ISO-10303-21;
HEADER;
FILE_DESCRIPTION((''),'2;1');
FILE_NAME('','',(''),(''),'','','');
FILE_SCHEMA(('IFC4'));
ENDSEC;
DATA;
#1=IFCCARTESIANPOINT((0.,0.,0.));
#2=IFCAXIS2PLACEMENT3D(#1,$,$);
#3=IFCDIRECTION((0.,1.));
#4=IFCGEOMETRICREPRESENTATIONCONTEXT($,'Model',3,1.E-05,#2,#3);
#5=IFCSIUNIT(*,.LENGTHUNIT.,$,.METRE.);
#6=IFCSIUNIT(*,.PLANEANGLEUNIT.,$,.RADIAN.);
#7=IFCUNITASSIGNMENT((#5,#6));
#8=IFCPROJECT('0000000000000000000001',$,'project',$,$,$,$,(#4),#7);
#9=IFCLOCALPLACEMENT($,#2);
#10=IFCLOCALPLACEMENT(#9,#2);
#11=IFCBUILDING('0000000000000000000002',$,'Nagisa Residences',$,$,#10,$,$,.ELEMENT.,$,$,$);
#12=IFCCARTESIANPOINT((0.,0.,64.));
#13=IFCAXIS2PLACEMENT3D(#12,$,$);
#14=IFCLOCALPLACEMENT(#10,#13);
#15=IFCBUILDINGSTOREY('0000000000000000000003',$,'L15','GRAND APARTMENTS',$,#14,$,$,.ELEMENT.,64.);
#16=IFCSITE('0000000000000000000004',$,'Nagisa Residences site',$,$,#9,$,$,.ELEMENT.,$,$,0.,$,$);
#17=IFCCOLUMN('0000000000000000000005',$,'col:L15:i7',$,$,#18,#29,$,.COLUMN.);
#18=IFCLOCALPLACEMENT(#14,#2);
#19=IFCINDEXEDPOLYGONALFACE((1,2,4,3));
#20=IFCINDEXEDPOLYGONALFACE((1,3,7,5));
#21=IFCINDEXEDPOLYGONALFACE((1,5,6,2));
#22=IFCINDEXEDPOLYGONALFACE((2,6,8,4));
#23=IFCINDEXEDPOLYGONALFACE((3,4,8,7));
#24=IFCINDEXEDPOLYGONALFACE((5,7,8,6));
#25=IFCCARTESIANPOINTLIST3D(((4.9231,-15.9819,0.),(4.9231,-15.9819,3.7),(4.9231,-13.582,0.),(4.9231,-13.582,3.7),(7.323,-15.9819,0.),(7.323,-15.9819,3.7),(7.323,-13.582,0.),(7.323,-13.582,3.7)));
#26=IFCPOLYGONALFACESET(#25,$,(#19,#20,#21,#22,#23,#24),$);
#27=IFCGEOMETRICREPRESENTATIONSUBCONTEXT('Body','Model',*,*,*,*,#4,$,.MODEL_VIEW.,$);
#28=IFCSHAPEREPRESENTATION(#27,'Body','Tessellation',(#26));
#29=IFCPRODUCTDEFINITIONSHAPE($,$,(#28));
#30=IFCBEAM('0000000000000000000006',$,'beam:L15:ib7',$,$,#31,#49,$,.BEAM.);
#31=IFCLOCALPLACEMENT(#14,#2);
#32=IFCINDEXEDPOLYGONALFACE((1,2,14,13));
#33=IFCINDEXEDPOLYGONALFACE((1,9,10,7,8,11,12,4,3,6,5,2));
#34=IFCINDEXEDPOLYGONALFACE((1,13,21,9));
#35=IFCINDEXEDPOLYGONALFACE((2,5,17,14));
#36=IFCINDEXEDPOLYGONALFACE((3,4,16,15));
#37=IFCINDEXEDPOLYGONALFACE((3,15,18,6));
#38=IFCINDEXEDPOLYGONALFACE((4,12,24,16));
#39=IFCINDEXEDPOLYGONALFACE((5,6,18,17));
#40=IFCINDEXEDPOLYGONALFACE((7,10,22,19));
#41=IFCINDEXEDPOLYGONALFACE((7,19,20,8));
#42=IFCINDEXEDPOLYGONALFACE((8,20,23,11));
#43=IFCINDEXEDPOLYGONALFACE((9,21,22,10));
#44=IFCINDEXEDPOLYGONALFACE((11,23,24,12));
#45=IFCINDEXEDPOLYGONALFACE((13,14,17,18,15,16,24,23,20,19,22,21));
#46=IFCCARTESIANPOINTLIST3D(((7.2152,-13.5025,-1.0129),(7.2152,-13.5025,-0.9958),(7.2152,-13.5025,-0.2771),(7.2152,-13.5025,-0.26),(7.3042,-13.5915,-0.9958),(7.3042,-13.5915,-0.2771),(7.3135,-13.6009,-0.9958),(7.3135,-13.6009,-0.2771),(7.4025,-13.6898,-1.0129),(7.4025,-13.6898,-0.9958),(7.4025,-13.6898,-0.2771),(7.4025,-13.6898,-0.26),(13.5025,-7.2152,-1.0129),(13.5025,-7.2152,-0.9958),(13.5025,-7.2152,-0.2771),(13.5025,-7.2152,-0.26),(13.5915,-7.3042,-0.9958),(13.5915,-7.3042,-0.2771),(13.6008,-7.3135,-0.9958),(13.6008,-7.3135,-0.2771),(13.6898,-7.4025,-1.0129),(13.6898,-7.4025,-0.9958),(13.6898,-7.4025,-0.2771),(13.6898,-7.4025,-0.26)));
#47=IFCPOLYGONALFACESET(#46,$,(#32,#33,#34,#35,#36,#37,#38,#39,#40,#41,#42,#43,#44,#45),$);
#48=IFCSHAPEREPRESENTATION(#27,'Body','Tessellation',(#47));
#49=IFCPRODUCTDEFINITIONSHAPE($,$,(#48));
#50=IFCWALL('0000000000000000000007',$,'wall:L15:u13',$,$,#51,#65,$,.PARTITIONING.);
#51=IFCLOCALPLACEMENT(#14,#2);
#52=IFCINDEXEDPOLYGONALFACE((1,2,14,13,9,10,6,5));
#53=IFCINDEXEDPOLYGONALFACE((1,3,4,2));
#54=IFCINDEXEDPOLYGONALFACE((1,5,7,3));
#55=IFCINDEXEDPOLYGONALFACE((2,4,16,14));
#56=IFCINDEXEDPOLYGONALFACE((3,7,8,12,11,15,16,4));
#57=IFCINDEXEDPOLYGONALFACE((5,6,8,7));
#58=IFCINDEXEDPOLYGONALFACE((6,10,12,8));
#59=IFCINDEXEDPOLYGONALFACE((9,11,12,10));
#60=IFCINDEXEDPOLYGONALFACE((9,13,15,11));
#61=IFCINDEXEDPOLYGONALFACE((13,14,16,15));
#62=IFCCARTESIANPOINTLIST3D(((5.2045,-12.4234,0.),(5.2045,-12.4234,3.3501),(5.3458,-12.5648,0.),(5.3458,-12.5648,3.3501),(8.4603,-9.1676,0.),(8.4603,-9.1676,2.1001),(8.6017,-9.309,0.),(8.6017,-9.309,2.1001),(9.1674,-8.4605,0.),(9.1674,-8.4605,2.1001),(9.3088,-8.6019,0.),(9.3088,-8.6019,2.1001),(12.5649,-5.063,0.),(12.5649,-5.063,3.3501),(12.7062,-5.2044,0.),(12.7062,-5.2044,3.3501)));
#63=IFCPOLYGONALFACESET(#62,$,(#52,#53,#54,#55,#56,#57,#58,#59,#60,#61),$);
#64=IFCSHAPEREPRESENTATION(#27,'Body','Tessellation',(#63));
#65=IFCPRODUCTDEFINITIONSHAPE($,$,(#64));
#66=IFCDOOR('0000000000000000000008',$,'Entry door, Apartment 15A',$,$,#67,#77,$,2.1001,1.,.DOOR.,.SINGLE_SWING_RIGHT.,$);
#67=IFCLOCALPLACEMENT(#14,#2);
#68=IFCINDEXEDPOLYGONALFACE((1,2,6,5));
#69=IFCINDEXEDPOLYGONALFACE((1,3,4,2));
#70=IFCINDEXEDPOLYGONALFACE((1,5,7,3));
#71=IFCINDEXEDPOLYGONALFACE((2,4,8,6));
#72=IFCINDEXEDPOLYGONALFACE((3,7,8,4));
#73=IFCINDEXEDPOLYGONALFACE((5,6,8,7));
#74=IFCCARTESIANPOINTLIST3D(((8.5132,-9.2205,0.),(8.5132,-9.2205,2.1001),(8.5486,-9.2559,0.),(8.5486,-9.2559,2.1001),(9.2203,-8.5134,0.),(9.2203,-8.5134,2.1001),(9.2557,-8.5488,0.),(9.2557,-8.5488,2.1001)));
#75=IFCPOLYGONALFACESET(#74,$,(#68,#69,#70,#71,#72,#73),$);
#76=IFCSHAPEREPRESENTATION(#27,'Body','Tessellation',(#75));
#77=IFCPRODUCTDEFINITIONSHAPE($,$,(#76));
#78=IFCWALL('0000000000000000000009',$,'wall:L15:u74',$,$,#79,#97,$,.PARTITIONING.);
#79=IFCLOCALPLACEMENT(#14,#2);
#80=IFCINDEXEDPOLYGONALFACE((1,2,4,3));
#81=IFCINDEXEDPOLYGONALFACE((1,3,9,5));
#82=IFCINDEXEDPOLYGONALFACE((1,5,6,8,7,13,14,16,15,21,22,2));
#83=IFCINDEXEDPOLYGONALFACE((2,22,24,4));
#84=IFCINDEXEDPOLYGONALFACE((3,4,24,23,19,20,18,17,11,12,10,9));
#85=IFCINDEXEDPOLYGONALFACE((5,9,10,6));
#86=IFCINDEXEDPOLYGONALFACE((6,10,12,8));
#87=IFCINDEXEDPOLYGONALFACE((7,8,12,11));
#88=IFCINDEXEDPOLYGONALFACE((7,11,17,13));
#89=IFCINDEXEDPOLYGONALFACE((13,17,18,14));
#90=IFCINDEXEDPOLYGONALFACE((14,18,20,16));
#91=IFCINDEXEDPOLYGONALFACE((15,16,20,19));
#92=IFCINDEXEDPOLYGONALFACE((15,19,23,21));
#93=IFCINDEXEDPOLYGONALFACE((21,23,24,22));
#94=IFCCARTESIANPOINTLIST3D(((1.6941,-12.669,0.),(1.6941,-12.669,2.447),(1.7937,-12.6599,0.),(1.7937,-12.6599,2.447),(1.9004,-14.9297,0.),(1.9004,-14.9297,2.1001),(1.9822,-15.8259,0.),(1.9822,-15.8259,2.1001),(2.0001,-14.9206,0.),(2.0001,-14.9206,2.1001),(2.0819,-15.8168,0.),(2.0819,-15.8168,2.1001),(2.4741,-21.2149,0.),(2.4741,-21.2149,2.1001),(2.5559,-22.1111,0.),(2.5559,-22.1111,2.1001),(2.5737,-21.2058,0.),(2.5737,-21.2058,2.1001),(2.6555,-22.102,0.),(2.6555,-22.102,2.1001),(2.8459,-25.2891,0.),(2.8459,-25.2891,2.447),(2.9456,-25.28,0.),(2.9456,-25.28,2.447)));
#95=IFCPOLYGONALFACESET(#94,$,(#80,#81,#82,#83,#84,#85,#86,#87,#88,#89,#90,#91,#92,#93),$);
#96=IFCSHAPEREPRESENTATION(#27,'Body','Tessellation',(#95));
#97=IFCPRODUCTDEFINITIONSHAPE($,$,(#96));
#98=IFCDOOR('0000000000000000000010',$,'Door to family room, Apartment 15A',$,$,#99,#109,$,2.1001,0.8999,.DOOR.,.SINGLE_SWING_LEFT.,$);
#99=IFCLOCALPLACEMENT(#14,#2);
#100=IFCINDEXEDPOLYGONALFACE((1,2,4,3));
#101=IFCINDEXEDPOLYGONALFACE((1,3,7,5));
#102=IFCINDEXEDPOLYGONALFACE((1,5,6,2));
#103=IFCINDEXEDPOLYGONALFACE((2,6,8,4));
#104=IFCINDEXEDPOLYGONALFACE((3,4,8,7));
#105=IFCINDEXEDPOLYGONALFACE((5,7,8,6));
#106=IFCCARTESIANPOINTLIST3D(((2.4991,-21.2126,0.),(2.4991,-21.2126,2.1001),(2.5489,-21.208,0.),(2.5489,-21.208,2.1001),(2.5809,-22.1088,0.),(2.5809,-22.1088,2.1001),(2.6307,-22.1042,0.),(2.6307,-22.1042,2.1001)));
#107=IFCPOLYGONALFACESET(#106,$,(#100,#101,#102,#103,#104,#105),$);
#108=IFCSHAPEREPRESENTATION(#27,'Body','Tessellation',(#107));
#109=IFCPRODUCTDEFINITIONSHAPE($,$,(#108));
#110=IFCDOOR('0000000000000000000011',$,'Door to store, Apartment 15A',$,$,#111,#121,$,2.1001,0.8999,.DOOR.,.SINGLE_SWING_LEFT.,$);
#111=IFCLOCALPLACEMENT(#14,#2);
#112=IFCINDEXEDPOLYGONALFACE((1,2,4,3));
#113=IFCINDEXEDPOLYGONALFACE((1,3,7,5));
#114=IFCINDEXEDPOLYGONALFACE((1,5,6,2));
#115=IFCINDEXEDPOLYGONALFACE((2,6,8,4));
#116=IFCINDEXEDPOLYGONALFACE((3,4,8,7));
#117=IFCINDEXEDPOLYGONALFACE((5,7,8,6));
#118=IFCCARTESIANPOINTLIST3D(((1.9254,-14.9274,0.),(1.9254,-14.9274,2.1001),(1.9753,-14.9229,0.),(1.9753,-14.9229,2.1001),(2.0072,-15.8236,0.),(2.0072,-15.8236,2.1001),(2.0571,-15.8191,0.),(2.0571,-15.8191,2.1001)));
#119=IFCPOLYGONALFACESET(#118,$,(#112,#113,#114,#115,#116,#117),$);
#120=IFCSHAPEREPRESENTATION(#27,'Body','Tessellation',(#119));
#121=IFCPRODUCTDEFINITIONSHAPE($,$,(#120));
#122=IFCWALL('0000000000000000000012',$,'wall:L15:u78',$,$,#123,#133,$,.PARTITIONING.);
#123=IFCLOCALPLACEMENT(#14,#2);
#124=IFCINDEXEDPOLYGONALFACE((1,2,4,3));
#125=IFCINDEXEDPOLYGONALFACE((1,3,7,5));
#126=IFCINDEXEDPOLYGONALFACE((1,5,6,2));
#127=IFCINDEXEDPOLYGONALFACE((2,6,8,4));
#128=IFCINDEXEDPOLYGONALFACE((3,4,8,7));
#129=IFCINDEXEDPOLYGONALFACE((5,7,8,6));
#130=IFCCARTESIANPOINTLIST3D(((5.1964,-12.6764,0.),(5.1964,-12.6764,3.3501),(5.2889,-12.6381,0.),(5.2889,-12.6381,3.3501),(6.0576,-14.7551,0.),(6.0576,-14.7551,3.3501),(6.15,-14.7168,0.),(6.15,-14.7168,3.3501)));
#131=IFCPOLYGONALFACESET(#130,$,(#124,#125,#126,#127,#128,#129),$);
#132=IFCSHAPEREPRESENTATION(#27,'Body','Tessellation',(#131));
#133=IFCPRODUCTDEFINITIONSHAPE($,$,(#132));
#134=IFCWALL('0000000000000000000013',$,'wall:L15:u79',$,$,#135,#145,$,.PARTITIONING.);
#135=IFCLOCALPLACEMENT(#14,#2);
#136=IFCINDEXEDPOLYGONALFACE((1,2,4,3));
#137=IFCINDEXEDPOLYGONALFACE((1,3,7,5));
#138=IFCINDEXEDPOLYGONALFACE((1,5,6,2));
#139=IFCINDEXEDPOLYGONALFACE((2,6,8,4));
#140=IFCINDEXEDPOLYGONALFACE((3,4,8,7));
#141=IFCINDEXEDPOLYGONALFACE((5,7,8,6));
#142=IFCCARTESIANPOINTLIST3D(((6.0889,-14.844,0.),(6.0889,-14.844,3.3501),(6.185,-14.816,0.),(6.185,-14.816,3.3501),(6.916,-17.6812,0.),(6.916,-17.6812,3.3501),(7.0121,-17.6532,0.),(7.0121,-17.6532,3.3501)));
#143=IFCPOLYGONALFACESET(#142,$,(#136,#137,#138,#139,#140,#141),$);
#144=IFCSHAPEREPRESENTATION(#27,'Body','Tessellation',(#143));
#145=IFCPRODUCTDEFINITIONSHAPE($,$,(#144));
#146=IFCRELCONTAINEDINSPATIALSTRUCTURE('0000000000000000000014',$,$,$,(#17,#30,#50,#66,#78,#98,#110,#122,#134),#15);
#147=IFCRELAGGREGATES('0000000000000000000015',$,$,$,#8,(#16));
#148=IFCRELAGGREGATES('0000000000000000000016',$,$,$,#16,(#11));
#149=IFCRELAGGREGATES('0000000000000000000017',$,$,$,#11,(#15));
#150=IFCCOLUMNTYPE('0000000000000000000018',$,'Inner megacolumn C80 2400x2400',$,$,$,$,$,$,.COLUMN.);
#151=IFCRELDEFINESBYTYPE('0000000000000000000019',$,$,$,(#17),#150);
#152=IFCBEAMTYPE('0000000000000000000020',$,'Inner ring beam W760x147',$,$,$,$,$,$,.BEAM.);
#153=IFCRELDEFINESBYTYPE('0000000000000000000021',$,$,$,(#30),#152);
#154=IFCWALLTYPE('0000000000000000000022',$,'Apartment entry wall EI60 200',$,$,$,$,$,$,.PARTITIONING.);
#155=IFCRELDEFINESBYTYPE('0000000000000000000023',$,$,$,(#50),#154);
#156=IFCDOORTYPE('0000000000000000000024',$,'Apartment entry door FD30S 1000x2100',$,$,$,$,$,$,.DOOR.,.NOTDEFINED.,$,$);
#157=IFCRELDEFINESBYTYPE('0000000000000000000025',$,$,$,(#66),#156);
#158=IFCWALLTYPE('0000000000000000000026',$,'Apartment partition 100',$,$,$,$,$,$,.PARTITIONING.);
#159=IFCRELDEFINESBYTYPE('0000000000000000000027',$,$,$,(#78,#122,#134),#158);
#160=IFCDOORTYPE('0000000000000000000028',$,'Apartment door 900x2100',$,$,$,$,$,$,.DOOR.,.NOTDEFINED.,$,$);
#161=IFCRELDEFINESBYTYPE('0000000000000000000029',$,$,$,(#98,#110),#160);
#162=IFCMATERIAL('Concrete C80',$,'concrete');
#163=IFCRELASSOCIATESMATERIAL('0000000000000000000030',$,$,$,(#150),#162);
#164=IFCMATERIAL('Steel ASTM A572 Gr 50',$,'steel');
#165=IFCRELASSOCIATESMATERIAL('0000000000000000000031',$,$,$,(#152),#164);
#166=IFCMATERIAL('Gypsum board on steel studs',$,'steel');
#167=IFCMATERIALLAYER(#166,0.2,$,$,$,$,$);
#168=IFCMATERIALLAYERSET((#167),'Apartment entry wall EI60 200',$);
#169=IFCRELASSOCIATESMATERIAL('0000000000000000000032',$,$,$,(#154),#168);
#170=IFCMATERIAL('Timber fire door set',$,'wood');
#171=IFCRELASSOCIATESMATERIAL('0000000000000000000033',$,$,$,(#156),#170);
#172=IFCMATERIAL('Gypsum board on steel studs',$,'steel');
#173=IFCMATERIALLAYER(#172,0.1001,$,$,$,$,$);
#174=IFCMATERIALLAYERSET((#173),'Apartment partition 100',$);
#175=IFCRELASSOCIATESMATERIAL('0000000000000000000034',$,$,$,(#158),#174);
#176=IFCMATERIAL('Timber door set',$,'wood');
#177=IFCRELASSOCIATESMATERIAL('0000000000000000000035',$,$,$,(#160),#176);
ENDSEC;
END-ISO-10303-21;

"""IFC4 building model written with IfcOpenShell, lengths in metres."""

from ifc_helpers import new_model, si_unit, direction, frame, frame_2d, origin, origin_2d, place, context, subcontext, project, spatial, rectangle, i_section, extrude, material, layer, layer_set, material_profile, profile_set, type_object, element, fill, save


model = new_model("IFC4")

# Units and contexts
model_context = context("Model", 3, precision=1e-05, world=origin(), true_north=direction((0.0, 1.0)))
body_context = subcontext(model_context, "Body", "Model", "MODEL_VIEW")
ifc_project = project(units=[si_unit("LENGTHUNIT", "METRE"), si_unit("PLANEANGLEUNIT", "RADIAN")], contexts=[model_context])

# Site, building, storey
site_placement = place(None, origin())
site = spatial("IfcSite", under=ifc_project, at=site_placement, Name="Nagisa Residences site", CompositionType="ELEMENT", RefElevation=0.0)
building_placement = place(site_placement, origin())
building = spatial("IfcBuilding", under=site, at=building_placement, Name="Nagisa Residences", CompositionType="ELEMENT")
storey_placement = place(building_placement, frame((0.0, 0.0, 64.0)))
storey = spatial("IfcBuildingStorey", under=building, at=storey_placement, Name="L15", Description="GRAND APARTMENTS", CompositionType="ELEMENT", Elevation=64.0)

# Column
ifc_material_1 = material(Name="Concrete C80", Category="concrete")
ifc_material_profile_1 = material_profile(ifc_material_1, rectangle(XDim=2.3999, YDim=2.3999, at=origin_2d()), Name="C80 2400x2400")
ifc_profile_set_1 = profile_set([ifc_material_profile_1], Name="Concrete C80")
column_type = type_object("IfcColumnType", Name="Inner megacolumn C80 2400x2400", PredefinedType="COLUMN", material=ifc_profile_set_1)
column_placement = place(storey_placement, frame((6.123, -14.782, 0.0), z_axis=(0.0, 0.0, 1.0), x_axis=(1.0, 0.0, 0.0)))
element("IfcColumn", 1, at=column_placement, inside=storey, type_object=column_type, Name="col:L15:i7", PredefinedType="COLUMN", context=body_context, shape_type="SweptSolid", body=[
    extrude(rectangle(XDim=2.3999, YDim=2.3999, at=origin_2d()), origin(), (0.0, 0.0, 1.0), 3.7),
])

# Beam
ifc_material_2 = material(Name="Steel ASTM A572 Gr 50", Category="steel")
ifc_material_profile_2 = material_profile(ifc_material_2, i_section(OverallWidth=0.2649, OverallDepth=0.7529, WebThickness=0.0132, FlangeThickness=0.0171, at=origin_2d()), Name="W760x147")
ifc_profile_set_2 = profile_set([ifc_material_profile_2], Name="Steel ASTM A572 Gr 50")
beam_type = type_object("IfcBeamType", Name="Inner ring beam W760x147", PredefinedType="BEAM", material=ifc_profile_set_2)
beam_placement = place(storey_placement, frame((7.3088, -13.5962, -0.6365), z_axis=(0.707107, 0.707107, 0.0), x_axis=(-0.707107, 0.707107, 0.0)))
element("IfcBeam", 2, at=beam_placement, inside=storey, type_object=beam_type, Name="beam:L15:ib7", PredefinedType="BEAM", context=body_context, shape_type="SweptSolid", body=[
    extrude(i_section(OverallWidth=0.2649, OverallDepth=0.7529, WebThickness=0.0132, FlangeThickness=0.0171, at=origin_2d()), origin(), (0.0, 0.0, 1.0), 8.8916),
])

# Wall, opening, door
ifc_material_3 = material(Name="Gypsum board on steel studs", Category="steel")
ifc_layer_1 = layer(ifc_material_3, 0.2)
ifc_layer_set_1 = layer_set([ifc_layer_1], Name="Apartment entry wall EI60 200")
wall_type_1 = type_object("IfcWallType", Name="Apartment entry wall EI60 200", PredefinedType="PARTITIONING", material=ifc_layer_set_1)
wall_1_placement = place(storey_placement, frame((5.2751, -12.4941, 0.0), z_axis=(0.0, 0.0, 1.0), x_axis=(0.707107, 0.707107, 0.0)))
wall_1 = element("IfcWall", 3, at=wall_1_placement, inside=storey, type_object=wall_type_1, Name="wall:L15:u13", PredefinedType="PARTITIONING", context=body_context, shape_type="SweptSolid", body=[
    extrude(rectangle(XDim=10.4092, YDim=0.2, at=frame_2d((5.2046, 0.0))), origin(), (0.0, 0.0, 1.0), 3.3501),
])
opening_1_placement = place(wall_1_placement, frame((4.6045, 0.0, 0.0)))
opening_1 = element("IfcOpeningElement", 4, at=opening_1_placement, cuts=wall_1, PredefinedType="OPENING", context=body_context, shape_type="SweptSolid", body=[
    extrude(rectangle(XDim=1.0, YDim=2.1001, at=frame_2d((0.5, 1.05))), frame((0.0, 0.1099, 0.0), z_axis=(0.0, -1.0, 0.0), x_axis=(1.0, 0.0, 0.0)), (0.0, 0.0, 1.0), 0.22),
])
ifc_material_4 = material(Name="Timber fire door set", Category="wood")
door_type_1 = type_object("IfcDoorType", Name="Apartment entry door FD30S 1000x2100", OperationType="NOTDEFINED", PredefinedType="DOOR", material=ifc_material_4)
door_1_placement = place(opening_1_placement, frame((1.0, 0.0, 0.0), x_axis=(-1.0, 0.0, 0.0)))
door_1 = element("IfcDoor", 5, at=door_1_placement, inside=storey, type_object=door_type_1, Name="Entry door, Apartment 15A", OperationType="SINGLE_SWING_RIGHT", OverallHeight=2.1001, OverallWidth=1.0, PredefinedType="DOOR", context=body_context, shape_type="SweptSolid", body=[
    extrude(rectangle(XDim=1.0, YDim=2.1001, at=frame_2d((0.5, 1.05))), frame((0.0, 0.0249, 0.0), z_axis=(0.0, -1.0, 0.0), x_axis=(1.0, 0.0, 0.0)), (0.0, 0.0, 1.0), 0.05),
])
fill(opening_1, door_1)

# Wall, openings, doors
ifc_material_5 = material(Name="Gypsum board on steel studs", Category="steel")
ifc_layer_2 = layer(ifc_material_5, 0.1001)
ifc_layer_set_2 = layer_set([ifc_layer_2], Name="Apartment partition 100")
wall_type_2 = type_object("IfcWallType", Name="Apartment partition 100", PredefinedType="PARTITIONING", material=ifc_layer_set_2)
wall_2_placement = place(storey_placement, frame((1.7439, -12.6643, 0.0), z_axis=(0.0, 0.0, 1.0), x_axis=(0.090894, -0.995861, 0.0)))
wall_2 = element("IfcWall", 6, at=wall_2_placement, inside=storey, type_object=wall_type_2, Name="wall:L15:u74", PredefinedType="PARTITIONING", context=body_context, shape_type="SweptSolid", body=[
    extrude(rectangle(XDim=12.6726, YDim=0.1001, at=frame_2d((6.3364, 0.0))), origin(), (0.0, 0.0, 1.0), 2.447),
])
opening_2_placement = place(wall_2_placement, frame((8.5815, 0.0, 0.0)))
opening_2 = element("IfcOpeningElement", 7, at=opening_2_placement, cuts=wall_2, PredefinedType="OPENING", context=body_context, shape_type="SweptSolid", body=[
    extrude(rectangle(XDim=0.8999, YDim=2.1001, at=frame_2d((0.45, 1.05))), frame((0.0, 0.0601, 0.0), z_axis=(0.0, -1.0, 0.0), x_axis=(1.0, 0.0, 0.0)), (0.0, 0.0, 1.0), 0.1201),
])
opening_3_placement = place(wall_2_placement, frame((2.2703, 0.0, 0.0)))
opening_3 = element("IfcOpeningElement", 8, at=opening_3_placement, cuts=wall_2, PredefinedType="OPENING", context=body_context, shape_type="SweptSolid", body=[
    extrude(rectangle(XDim=0.8999, YDim=2.1001, at=frame_2d((0.45, 1.05))), frame((0.0, 0.0601, 0.0), z_axis=(0.0, -1.0, 0.0), x_axis=(1.0, 0.0, 0.0)), (0.0, 0.0, 1.0), 0.1201),
])
ifc_material_6 = material(Name="Timber door set", Category="wood")
door_type_2 = type_object("IfcDoorType", Name="Apartment door 900x2100", OperationType="NOTDEFINED", PredefinedType="DOOR", material=ifc_material_6)
door_2_placement = place(opening_2_placement, frame((0.8999, 0.0, 0.0), x_axis=(-1.0, 0.0, 0.0)))
door_2 = element("IfcDoor", 9, at=door_2_placement, inside=storey, type_object=door_type_2, Name="Door to family room, Apartment 15A", OperationType="SINGLE_SWING_LEFT", OverallHeight=2.1001, OverallWidth=0.8999, PredefinedType="DOOR", context=body_context, shape_type="SweptSolid", body=[
    extrude(rectangle(XDim=0.8999, YDim=2.1001, at=frame_2d((0.45, 1.05))), frame((0.0, 0.0249, 0.0), z_axis=(0.0, -1.0, 0.0), x_axis=(1.0, 0.0, 0.0)), (0.0, 0.0, 1.0), 0.05),
])
fill(opening_2, door_2)
door_3_placement = place(opening_3_placement, frame((0.8999, 0.0, 0.0), x_axis=(-1.0, 0.0, 0.0)))
door_3 = element("IfcDoor", 10, at=door_3_placement, inside=storey, type_object=door_type_2, Name="Door to store, Apartment 15A", OperationType="SINGLE_SWING_LEFT", OverallHeight=2.1001, OverallWidth=0.8999, PredefinedType="DOOR", context=body_context, shape_type="SweptSolid", body=[
    extrude(rectangle(XDim=0.8999, YDim=2.1001, at=frame_2d((0.45, 1.05))), frame((0.0, 0.0249, 0.0), z_axis=(0.0, -1.0, 0.0), x_axis=(1.0, 0.0, 0.0)), (0.0, 0.0, 1.0), 0.05),
])
fill(opening_3, door_3)

# Walls
wall_3_placement = place(storey_placement, frame((5.2427, -12.6572, 0.0), z_axis=(0.0, 0.0, 1.0), x_axis=(0.382719, -0.923865, 0.0)))
element("IfcWall", 11, at=wall_3_placement, inside=storey, type_object=wall_type_2, Name="wall:L15:u78", PredefinedType="PARTITIONING", context=body_context, shape_type="SweptSolid", body=[
    extrude(rectangle(XDim=2.25, YDim=0.1001, at=frame_2d((1.125, 0.0))), origin(), (0.0, 0.0, 1.0), 3.3501),
])
wall_4_placement = place(storey_placement, frame((6.137, -14.8301, 0.0), z_axis=(0.0, 0.0, 1.0), x_axis=(0.279889, -0.960032, 0.0)))
element("IfcWall", 12, at=wall_4_placement, inside=storey, type_object=wall_type_2, Name="wall:L15:u79", PredefinedType="PARTITIONING", context=body_context, shape_type="SweptSolid", body=[
    extrude(rectangle(XDim=2.9553, YDim=0.1001, at=frame_2d((1.4775, 0.0))), origin(), (0.0, 0.0, 1.0), 3.3501),
])

save(model, "model.ifc")
